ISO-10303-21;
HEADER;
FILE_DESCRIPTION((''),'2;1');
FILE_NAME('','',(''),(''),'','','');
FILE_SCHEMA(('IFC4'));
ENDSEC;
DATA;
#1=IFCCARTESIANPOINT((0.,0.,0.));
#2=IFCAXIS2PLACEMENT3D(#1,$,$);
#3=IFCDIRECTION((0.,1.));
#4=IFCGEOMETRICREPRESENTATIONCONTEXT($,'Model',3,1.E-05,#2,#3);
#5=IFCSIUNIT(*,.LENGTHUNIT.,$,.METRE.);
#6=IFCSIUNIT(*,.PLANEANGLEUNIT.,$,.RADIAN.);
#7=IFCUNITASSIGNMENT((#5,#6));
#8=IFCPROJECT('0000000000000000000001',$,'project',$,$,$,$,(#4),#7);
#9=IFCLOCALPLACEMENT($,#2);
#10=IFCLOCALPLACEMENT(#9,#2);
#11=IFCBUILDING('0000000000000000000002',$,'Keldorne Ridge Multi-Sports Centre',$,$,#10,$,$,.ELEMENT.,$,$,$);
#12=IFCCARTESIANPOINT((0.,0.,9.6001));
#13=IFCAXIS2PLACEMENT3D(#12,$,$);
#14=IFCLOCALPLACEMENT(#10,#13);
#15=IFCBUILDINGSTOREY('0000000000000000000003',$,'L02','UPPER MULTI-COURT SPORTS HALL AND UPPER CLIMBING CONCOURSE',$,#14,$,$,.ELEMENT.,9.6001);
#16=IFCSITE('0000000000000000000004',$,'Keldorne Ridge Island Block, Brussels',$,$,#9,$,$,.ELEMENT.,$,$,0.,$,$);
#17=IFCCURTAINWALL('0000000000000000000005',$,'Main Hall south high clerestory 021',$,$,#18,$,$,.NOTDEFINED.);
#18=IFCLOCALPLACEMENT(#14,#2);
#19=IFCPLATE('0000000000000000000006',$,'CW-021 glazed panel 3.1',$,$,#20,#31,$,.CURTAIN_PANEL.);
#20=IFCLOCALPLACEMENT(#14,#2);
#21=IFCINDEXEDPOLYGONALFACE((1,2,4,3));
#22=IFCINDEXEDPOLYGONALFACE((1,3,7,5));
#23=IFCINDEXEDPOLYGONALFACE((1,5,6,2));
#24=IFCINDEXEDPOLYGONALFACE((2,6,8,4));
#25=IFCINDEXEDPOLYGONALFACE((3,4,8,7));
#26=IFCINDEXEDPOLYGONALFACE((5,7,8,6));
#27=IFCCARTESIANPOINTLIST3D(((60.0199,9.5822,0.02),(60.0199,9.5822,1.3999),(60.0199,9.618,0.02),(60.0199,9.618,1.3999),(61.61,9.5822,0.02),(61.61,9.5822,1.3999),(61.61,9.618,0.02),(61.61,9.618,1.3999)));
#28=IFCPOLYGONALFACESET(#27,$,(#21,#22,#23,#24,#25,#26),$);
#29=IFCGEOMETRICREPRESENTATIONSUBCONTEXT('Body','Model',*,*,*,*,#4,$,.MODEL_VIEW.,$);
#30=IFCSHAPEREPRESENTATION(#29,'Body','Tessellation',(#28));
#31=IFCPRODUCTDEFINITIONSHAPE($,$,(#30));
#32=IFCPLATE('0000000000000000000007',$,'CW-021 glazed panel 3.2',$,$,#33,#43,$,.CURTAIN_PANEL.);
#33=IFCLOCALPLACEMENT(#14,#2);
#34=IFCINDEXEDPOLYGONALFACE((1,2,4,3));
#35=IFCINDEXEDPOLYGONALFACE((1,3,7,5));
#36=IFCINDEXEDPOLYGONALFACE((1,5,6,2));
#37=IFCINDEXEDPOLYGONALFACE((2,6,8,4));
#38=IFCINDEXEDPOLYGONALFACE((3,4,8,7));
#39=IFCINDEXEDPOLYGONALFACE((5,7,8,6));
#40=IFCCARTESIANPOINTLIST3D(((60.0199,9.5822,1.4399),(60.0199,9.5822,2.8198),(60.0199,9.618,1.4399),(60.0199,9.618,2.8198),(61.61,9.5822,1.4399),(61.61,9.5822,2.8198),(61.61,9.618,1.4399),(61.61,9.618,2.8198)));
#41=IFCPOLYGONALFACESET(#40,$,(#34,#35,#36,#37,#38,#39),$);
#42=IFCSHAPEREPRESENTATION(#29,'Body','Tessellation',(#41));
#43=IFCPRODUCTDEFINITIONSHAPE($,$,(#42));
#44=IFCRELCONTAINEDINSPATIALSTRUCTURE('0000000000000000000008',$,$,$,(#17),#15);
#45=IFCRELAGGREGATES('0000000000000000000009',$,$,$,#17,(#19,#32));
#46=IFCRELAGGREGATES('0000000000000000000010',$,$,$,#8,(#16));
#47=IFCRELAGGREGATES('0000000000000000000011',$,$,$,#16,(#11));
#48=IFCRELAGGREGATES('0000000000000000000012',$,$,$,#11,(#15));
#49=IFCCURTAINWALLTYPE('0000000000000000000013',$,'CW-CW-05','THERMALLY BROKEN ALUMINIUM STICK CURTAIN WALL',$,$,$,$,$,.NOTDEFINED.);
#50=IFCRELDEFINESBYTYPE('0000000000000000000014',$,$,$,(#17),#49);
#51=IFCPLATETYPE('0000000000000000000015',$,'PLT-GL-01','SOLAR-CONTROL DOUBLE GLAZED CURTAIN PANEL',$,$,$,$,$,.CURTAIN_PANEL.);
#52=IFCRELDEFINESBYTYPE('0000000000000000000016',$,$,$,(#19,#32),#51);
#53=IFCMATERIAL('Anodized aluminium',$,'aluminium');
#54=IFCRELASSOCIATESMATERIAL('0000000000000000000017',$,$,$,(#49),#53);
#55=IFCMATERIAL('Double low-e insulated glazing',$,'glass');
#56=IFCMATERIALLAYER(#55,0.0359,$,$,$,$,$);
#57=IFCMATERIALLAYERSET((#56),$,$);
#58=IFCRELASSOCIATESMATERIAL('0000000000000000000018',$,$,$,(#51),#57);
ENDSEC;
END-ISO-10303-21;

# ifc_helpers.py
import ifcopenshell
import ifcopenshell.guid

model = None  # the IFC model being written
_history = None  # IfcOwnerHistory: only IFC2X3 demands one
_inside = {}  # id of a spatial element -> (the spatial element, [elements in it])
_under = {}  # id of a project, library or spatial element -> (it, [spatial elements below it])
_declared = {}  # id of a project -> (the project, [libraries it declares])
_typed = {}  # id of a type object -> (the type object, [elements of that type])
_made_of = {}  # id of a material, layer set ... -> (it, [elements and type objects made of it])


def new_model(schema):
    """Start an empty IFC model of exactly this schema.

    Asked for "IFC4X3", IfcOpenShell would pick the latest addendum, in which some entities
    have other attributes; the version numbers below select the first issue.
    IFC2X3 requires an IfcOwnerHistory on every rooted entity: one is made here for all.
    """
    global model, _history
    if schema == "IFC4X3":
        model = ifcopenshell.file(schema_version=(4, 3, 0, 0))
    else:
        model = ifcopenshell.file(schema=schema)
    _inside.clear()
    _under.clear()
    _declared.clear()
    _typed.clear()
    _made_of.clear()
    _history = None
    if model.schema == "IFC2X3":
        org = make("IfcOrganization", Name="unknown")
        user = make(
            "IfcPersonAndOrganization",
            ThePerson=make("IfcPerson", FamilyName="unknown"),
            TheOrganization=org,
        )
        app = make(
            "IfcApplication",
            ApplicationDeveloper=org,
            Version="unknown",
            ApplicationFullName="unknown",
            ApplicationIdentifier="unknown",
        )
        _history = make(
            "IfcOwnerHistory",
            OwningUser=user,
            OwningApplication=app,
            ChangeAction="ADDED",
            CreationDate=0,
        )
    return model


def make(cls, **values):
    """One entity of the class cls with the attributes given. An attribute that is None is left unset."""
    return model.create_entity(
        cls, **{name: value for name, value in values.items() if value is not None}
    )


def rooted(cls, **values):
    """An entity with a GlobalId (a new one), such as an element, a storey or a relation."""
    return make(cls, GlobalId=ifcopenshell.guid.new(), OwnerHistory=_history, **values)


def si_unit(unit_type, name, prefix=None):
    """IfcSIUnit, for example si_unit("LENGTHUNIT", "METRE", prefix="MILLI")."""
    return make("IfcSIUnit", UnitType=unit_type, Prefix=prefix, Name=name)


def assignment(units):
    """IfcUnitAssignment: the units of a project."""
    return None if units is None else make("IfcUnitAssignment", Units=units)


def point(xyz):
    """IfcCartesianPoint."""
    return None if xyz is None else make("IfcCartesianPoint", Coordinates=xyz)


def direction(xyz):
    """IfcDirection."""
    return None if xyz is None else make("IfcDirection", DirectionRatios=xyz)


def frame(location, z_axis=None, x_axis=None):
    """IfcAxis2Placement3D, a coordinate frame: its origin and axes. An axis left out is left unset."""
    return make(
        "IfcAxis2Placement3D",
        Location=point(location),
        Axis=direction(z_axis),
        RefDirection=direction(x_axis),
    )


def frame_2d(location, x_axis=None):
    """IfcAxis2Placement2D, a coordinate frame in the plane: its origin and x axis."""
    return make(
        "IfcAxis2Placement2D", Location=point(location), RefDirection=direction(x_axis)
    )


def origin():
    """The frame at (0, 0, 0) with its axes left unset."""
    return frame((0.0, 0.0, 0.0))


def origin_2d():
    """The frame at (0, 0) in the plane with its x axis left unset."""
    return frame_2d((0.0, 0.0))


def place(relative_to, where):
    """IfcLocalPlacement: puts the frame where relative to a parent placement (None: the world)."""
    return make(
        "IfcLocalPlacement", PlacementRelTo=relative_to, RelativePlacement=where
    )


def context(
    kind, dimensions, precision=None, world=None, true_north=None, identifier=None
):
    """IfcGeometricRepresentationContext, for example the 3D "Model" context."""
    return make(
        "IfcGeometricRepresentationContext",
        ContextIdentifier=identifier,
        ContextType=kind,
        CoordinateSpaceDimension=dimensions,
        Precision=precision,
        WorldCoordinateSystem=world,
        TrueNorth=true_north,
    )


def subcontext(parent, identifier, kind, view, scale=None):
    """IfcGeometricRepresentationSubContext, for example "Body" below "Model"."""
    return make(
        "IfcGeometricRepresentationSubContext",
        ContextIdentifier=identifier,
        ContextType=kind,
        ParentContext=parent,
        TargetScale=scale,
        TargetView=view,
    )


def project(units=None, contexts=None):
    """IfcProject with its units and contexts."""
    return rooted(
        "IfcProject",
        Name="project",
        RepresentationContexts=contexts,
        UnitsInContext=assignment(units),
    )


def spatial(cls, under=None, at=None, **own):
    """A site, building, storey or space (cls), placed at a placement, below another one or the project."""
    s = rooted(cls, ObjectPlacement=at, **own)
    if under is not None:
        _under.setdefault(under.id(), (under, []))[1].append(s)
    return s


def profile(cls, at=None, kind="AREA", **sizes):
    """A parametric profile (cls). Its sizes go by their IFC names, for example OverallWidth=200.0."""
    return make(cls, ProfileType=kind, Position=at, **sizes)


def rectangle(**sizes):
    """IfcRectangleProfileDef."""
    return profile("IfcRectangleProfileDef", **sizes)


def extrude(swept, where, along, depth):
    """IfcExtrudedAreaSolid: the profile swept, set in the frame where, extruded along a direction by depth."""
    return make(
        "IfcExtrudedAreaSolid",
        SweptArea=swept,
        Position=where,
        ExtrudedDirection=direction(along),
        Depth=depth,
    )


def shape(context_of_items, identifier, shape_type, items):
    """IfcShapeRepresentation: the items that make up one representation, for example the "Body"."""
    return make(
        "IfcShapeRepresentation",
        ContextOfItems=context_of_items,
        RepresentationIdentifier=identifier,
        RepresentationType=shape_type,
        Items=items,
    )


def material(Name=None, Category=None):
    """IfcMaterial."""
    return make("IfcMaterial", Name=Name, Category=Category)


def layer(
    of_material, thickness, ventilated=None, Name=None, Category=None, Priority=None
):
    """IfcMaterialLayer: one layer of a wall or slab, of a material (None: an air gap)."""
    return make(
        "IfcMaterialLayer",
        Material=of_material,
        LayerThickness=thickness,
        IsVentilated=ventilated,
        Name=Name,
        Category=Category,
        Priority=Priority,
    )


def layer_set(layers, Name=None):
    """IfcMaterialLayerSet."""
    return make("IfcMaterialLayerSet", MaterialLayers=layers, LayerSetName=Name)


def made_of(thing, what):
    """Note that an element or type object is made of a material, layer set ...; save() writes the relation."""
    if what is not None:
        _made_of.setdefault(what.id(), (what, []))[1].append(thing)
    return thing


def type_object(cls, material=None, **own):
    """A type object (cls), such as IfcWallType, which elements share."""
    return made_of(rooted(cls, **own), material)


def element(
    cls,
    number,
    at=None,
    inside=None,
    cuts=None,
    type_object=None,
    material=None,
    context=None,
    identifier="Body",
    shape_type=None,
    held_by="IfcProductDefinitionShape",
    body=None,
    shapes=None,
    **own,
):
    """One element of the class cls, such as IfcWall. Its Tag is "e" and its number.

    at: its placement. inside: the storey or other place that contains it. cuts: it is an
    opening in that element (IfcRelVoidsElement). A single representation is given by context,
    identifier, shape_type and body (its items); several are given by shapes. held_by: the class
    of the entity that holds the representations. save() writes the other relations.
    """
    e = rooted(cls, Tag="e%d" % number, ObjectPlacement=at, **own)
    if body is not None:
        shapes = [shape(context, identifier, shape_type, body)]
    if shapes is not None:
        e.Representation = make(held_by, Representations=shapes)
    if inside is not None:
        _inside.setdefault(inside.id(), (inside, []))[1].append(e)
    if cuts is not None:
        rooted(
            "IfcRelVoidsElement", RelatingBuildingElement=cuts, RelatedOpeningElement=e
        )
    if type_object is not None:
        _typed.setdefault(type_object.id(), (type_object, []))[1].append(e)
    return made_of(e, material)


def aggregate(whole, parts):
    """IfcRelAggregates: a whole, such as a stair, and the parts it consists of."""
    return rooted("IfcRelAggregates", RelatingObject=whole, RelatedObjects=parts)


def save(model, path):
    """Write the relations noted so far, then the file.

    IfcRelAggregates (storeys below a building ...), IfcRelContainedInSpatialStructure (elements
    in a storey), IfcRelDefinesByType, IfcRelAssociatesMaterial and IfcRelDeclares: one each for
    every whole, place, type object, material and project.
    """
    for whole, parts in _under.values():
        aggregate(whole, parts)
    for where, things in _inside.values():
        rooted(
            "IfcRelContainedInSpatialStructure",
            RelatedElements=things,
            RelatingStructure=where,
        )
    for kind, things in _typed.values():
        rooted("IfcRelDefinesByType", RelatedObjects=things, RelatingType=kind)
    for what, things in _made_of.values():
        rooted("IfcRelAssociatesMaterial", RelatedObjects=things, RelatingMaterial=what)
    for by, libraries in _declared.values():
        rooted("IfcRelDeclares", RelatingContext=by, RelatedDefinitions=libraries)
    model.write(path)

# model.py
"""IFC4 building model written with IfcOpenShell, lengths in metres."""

from ifc_helpers import new_model, si_unit, direction, frame, origin, origin_2d, place, context, subcontext, project, spatial, rectangle, extrude, material, layer, layer_set, type_object, element, aggregate, save


model = new_model("IFC4")

# Units and contexts
model_context = context("Model", 3, precision=1e-05, world=origin(), true_north=direction((0.0, 1.0)))
body_context = subcontext(model_context, "Body", "Model", "MODEL_VIEW")
ifc_project = project(units=[si_unit("LENGTHUNIT", "METRE"), si_unit("PLANEANGLEUNIT", "RADIAN")], contexts=[model_context])

# Site, building, storey
site_placement = place(None, origin())
site = spatial("IfcSite", under=ifc_project, at=site_placement, Name="Keldorne Ridge Island Block, Brussels", CompositionType="ELEMENT", RefElevation=0.0)
building_placement = place(site_placement, origin())
building = spatial("IfcBuilding", under=site, at=building_placement, Name="Keldorne Ridge Multi-Sports Centre", CompositionType="ELEMENT")
storey_placement = place(building_placement, frame((0.0, 0.0, 9.6001)))
storey = spatial("IfcBuildingStorey", under=building, at=storey_placement, Name="L02", Description="UPPER MULTI-COURT SPORTS HALL AND UPPER CLIMBING CONCOURSE", CompositionType="ELEMENT", Elevation=9.6001)

# Curtain wall, plates
ifc_material_1 = material(Name="Anodized aluminium", Category="aluminium")
curtain_wall_type = type_object("IfcCurtainWallType", Name="CW-CW-05", Description="THERMALLY BROKEN ALUMINIUM STICK CURTAIN WALL", PredefinedType="NOTDEFINED", material=ifc_material_1)
curtain_wall_placement = place(storey_placement, origin())
curtain_wall = element("IfcCurtainWall", 1, at=curtain_wall_placement, inside=storey, type_object=curtain_wall_type, Name="Main Hall south high clerestory 021", PredefinedType="NOTDEFINED")
ifc_material_2 = material(Name="Double low-e insulated glazing", Category="glass")
ifc_layer = layer(ifc_material_2, 0.0359)
ifc_layer_set = layer_set([ifc_layer])
plate_type = type_object("IfcPlateType", Name="PLT-GL-01", Description="SOLAR-CONTROL DOUBLE GLAZED CURTAIN PANEL", PredefinedType="CURTAIN_PANEL", material=ifc_layer_set)
plate_1_placement = place(storey_placement, frame((60.8149, 9.6001, 0.02), z_axis=(0.0, 0.0, 1.0), x_axis=(1.0, 0.0, 0.0)))
plate_1 = element("IfcPlate", 2, at=plate_1_placement, type_object=plate_type, Name="CW-021 glazed panel 3.1", PredefinedType="CURTAIN_PANEL", context=body_context, shape_type="SweptSolid", body=[
    extrude(rectangle(XDim=1.5901, YDim=0.0359, at=origin_2d()), origin(), (0.0, 0.0, 1.0), 1.3799),
])
plate_2_placement = place(storey_placement, frame((60.8149, 9.6001, 1.4399), z_axis=(0.0, 0.0, 1.0), x_axis=(1.0, 0.0, 0.0)))
plate_2 = element("IfcPlate", 3, at=plate_2_placement, type_object=plate_type, Name="CW-021 glazed panel 3.2", PredefinedType="CURTAIN_PANEL", context=body_context, shape_type="SweptSolid", body=[
    extrude(rectangle(XDim=1.5901, YDim=0.0359, at=origin_2d()), origin(), (0.0, 0.0, 1.0), 1.3799),
])
aggregate(curtain_wall, [plate_1, plate_2])

save(model, "model.ifc")
